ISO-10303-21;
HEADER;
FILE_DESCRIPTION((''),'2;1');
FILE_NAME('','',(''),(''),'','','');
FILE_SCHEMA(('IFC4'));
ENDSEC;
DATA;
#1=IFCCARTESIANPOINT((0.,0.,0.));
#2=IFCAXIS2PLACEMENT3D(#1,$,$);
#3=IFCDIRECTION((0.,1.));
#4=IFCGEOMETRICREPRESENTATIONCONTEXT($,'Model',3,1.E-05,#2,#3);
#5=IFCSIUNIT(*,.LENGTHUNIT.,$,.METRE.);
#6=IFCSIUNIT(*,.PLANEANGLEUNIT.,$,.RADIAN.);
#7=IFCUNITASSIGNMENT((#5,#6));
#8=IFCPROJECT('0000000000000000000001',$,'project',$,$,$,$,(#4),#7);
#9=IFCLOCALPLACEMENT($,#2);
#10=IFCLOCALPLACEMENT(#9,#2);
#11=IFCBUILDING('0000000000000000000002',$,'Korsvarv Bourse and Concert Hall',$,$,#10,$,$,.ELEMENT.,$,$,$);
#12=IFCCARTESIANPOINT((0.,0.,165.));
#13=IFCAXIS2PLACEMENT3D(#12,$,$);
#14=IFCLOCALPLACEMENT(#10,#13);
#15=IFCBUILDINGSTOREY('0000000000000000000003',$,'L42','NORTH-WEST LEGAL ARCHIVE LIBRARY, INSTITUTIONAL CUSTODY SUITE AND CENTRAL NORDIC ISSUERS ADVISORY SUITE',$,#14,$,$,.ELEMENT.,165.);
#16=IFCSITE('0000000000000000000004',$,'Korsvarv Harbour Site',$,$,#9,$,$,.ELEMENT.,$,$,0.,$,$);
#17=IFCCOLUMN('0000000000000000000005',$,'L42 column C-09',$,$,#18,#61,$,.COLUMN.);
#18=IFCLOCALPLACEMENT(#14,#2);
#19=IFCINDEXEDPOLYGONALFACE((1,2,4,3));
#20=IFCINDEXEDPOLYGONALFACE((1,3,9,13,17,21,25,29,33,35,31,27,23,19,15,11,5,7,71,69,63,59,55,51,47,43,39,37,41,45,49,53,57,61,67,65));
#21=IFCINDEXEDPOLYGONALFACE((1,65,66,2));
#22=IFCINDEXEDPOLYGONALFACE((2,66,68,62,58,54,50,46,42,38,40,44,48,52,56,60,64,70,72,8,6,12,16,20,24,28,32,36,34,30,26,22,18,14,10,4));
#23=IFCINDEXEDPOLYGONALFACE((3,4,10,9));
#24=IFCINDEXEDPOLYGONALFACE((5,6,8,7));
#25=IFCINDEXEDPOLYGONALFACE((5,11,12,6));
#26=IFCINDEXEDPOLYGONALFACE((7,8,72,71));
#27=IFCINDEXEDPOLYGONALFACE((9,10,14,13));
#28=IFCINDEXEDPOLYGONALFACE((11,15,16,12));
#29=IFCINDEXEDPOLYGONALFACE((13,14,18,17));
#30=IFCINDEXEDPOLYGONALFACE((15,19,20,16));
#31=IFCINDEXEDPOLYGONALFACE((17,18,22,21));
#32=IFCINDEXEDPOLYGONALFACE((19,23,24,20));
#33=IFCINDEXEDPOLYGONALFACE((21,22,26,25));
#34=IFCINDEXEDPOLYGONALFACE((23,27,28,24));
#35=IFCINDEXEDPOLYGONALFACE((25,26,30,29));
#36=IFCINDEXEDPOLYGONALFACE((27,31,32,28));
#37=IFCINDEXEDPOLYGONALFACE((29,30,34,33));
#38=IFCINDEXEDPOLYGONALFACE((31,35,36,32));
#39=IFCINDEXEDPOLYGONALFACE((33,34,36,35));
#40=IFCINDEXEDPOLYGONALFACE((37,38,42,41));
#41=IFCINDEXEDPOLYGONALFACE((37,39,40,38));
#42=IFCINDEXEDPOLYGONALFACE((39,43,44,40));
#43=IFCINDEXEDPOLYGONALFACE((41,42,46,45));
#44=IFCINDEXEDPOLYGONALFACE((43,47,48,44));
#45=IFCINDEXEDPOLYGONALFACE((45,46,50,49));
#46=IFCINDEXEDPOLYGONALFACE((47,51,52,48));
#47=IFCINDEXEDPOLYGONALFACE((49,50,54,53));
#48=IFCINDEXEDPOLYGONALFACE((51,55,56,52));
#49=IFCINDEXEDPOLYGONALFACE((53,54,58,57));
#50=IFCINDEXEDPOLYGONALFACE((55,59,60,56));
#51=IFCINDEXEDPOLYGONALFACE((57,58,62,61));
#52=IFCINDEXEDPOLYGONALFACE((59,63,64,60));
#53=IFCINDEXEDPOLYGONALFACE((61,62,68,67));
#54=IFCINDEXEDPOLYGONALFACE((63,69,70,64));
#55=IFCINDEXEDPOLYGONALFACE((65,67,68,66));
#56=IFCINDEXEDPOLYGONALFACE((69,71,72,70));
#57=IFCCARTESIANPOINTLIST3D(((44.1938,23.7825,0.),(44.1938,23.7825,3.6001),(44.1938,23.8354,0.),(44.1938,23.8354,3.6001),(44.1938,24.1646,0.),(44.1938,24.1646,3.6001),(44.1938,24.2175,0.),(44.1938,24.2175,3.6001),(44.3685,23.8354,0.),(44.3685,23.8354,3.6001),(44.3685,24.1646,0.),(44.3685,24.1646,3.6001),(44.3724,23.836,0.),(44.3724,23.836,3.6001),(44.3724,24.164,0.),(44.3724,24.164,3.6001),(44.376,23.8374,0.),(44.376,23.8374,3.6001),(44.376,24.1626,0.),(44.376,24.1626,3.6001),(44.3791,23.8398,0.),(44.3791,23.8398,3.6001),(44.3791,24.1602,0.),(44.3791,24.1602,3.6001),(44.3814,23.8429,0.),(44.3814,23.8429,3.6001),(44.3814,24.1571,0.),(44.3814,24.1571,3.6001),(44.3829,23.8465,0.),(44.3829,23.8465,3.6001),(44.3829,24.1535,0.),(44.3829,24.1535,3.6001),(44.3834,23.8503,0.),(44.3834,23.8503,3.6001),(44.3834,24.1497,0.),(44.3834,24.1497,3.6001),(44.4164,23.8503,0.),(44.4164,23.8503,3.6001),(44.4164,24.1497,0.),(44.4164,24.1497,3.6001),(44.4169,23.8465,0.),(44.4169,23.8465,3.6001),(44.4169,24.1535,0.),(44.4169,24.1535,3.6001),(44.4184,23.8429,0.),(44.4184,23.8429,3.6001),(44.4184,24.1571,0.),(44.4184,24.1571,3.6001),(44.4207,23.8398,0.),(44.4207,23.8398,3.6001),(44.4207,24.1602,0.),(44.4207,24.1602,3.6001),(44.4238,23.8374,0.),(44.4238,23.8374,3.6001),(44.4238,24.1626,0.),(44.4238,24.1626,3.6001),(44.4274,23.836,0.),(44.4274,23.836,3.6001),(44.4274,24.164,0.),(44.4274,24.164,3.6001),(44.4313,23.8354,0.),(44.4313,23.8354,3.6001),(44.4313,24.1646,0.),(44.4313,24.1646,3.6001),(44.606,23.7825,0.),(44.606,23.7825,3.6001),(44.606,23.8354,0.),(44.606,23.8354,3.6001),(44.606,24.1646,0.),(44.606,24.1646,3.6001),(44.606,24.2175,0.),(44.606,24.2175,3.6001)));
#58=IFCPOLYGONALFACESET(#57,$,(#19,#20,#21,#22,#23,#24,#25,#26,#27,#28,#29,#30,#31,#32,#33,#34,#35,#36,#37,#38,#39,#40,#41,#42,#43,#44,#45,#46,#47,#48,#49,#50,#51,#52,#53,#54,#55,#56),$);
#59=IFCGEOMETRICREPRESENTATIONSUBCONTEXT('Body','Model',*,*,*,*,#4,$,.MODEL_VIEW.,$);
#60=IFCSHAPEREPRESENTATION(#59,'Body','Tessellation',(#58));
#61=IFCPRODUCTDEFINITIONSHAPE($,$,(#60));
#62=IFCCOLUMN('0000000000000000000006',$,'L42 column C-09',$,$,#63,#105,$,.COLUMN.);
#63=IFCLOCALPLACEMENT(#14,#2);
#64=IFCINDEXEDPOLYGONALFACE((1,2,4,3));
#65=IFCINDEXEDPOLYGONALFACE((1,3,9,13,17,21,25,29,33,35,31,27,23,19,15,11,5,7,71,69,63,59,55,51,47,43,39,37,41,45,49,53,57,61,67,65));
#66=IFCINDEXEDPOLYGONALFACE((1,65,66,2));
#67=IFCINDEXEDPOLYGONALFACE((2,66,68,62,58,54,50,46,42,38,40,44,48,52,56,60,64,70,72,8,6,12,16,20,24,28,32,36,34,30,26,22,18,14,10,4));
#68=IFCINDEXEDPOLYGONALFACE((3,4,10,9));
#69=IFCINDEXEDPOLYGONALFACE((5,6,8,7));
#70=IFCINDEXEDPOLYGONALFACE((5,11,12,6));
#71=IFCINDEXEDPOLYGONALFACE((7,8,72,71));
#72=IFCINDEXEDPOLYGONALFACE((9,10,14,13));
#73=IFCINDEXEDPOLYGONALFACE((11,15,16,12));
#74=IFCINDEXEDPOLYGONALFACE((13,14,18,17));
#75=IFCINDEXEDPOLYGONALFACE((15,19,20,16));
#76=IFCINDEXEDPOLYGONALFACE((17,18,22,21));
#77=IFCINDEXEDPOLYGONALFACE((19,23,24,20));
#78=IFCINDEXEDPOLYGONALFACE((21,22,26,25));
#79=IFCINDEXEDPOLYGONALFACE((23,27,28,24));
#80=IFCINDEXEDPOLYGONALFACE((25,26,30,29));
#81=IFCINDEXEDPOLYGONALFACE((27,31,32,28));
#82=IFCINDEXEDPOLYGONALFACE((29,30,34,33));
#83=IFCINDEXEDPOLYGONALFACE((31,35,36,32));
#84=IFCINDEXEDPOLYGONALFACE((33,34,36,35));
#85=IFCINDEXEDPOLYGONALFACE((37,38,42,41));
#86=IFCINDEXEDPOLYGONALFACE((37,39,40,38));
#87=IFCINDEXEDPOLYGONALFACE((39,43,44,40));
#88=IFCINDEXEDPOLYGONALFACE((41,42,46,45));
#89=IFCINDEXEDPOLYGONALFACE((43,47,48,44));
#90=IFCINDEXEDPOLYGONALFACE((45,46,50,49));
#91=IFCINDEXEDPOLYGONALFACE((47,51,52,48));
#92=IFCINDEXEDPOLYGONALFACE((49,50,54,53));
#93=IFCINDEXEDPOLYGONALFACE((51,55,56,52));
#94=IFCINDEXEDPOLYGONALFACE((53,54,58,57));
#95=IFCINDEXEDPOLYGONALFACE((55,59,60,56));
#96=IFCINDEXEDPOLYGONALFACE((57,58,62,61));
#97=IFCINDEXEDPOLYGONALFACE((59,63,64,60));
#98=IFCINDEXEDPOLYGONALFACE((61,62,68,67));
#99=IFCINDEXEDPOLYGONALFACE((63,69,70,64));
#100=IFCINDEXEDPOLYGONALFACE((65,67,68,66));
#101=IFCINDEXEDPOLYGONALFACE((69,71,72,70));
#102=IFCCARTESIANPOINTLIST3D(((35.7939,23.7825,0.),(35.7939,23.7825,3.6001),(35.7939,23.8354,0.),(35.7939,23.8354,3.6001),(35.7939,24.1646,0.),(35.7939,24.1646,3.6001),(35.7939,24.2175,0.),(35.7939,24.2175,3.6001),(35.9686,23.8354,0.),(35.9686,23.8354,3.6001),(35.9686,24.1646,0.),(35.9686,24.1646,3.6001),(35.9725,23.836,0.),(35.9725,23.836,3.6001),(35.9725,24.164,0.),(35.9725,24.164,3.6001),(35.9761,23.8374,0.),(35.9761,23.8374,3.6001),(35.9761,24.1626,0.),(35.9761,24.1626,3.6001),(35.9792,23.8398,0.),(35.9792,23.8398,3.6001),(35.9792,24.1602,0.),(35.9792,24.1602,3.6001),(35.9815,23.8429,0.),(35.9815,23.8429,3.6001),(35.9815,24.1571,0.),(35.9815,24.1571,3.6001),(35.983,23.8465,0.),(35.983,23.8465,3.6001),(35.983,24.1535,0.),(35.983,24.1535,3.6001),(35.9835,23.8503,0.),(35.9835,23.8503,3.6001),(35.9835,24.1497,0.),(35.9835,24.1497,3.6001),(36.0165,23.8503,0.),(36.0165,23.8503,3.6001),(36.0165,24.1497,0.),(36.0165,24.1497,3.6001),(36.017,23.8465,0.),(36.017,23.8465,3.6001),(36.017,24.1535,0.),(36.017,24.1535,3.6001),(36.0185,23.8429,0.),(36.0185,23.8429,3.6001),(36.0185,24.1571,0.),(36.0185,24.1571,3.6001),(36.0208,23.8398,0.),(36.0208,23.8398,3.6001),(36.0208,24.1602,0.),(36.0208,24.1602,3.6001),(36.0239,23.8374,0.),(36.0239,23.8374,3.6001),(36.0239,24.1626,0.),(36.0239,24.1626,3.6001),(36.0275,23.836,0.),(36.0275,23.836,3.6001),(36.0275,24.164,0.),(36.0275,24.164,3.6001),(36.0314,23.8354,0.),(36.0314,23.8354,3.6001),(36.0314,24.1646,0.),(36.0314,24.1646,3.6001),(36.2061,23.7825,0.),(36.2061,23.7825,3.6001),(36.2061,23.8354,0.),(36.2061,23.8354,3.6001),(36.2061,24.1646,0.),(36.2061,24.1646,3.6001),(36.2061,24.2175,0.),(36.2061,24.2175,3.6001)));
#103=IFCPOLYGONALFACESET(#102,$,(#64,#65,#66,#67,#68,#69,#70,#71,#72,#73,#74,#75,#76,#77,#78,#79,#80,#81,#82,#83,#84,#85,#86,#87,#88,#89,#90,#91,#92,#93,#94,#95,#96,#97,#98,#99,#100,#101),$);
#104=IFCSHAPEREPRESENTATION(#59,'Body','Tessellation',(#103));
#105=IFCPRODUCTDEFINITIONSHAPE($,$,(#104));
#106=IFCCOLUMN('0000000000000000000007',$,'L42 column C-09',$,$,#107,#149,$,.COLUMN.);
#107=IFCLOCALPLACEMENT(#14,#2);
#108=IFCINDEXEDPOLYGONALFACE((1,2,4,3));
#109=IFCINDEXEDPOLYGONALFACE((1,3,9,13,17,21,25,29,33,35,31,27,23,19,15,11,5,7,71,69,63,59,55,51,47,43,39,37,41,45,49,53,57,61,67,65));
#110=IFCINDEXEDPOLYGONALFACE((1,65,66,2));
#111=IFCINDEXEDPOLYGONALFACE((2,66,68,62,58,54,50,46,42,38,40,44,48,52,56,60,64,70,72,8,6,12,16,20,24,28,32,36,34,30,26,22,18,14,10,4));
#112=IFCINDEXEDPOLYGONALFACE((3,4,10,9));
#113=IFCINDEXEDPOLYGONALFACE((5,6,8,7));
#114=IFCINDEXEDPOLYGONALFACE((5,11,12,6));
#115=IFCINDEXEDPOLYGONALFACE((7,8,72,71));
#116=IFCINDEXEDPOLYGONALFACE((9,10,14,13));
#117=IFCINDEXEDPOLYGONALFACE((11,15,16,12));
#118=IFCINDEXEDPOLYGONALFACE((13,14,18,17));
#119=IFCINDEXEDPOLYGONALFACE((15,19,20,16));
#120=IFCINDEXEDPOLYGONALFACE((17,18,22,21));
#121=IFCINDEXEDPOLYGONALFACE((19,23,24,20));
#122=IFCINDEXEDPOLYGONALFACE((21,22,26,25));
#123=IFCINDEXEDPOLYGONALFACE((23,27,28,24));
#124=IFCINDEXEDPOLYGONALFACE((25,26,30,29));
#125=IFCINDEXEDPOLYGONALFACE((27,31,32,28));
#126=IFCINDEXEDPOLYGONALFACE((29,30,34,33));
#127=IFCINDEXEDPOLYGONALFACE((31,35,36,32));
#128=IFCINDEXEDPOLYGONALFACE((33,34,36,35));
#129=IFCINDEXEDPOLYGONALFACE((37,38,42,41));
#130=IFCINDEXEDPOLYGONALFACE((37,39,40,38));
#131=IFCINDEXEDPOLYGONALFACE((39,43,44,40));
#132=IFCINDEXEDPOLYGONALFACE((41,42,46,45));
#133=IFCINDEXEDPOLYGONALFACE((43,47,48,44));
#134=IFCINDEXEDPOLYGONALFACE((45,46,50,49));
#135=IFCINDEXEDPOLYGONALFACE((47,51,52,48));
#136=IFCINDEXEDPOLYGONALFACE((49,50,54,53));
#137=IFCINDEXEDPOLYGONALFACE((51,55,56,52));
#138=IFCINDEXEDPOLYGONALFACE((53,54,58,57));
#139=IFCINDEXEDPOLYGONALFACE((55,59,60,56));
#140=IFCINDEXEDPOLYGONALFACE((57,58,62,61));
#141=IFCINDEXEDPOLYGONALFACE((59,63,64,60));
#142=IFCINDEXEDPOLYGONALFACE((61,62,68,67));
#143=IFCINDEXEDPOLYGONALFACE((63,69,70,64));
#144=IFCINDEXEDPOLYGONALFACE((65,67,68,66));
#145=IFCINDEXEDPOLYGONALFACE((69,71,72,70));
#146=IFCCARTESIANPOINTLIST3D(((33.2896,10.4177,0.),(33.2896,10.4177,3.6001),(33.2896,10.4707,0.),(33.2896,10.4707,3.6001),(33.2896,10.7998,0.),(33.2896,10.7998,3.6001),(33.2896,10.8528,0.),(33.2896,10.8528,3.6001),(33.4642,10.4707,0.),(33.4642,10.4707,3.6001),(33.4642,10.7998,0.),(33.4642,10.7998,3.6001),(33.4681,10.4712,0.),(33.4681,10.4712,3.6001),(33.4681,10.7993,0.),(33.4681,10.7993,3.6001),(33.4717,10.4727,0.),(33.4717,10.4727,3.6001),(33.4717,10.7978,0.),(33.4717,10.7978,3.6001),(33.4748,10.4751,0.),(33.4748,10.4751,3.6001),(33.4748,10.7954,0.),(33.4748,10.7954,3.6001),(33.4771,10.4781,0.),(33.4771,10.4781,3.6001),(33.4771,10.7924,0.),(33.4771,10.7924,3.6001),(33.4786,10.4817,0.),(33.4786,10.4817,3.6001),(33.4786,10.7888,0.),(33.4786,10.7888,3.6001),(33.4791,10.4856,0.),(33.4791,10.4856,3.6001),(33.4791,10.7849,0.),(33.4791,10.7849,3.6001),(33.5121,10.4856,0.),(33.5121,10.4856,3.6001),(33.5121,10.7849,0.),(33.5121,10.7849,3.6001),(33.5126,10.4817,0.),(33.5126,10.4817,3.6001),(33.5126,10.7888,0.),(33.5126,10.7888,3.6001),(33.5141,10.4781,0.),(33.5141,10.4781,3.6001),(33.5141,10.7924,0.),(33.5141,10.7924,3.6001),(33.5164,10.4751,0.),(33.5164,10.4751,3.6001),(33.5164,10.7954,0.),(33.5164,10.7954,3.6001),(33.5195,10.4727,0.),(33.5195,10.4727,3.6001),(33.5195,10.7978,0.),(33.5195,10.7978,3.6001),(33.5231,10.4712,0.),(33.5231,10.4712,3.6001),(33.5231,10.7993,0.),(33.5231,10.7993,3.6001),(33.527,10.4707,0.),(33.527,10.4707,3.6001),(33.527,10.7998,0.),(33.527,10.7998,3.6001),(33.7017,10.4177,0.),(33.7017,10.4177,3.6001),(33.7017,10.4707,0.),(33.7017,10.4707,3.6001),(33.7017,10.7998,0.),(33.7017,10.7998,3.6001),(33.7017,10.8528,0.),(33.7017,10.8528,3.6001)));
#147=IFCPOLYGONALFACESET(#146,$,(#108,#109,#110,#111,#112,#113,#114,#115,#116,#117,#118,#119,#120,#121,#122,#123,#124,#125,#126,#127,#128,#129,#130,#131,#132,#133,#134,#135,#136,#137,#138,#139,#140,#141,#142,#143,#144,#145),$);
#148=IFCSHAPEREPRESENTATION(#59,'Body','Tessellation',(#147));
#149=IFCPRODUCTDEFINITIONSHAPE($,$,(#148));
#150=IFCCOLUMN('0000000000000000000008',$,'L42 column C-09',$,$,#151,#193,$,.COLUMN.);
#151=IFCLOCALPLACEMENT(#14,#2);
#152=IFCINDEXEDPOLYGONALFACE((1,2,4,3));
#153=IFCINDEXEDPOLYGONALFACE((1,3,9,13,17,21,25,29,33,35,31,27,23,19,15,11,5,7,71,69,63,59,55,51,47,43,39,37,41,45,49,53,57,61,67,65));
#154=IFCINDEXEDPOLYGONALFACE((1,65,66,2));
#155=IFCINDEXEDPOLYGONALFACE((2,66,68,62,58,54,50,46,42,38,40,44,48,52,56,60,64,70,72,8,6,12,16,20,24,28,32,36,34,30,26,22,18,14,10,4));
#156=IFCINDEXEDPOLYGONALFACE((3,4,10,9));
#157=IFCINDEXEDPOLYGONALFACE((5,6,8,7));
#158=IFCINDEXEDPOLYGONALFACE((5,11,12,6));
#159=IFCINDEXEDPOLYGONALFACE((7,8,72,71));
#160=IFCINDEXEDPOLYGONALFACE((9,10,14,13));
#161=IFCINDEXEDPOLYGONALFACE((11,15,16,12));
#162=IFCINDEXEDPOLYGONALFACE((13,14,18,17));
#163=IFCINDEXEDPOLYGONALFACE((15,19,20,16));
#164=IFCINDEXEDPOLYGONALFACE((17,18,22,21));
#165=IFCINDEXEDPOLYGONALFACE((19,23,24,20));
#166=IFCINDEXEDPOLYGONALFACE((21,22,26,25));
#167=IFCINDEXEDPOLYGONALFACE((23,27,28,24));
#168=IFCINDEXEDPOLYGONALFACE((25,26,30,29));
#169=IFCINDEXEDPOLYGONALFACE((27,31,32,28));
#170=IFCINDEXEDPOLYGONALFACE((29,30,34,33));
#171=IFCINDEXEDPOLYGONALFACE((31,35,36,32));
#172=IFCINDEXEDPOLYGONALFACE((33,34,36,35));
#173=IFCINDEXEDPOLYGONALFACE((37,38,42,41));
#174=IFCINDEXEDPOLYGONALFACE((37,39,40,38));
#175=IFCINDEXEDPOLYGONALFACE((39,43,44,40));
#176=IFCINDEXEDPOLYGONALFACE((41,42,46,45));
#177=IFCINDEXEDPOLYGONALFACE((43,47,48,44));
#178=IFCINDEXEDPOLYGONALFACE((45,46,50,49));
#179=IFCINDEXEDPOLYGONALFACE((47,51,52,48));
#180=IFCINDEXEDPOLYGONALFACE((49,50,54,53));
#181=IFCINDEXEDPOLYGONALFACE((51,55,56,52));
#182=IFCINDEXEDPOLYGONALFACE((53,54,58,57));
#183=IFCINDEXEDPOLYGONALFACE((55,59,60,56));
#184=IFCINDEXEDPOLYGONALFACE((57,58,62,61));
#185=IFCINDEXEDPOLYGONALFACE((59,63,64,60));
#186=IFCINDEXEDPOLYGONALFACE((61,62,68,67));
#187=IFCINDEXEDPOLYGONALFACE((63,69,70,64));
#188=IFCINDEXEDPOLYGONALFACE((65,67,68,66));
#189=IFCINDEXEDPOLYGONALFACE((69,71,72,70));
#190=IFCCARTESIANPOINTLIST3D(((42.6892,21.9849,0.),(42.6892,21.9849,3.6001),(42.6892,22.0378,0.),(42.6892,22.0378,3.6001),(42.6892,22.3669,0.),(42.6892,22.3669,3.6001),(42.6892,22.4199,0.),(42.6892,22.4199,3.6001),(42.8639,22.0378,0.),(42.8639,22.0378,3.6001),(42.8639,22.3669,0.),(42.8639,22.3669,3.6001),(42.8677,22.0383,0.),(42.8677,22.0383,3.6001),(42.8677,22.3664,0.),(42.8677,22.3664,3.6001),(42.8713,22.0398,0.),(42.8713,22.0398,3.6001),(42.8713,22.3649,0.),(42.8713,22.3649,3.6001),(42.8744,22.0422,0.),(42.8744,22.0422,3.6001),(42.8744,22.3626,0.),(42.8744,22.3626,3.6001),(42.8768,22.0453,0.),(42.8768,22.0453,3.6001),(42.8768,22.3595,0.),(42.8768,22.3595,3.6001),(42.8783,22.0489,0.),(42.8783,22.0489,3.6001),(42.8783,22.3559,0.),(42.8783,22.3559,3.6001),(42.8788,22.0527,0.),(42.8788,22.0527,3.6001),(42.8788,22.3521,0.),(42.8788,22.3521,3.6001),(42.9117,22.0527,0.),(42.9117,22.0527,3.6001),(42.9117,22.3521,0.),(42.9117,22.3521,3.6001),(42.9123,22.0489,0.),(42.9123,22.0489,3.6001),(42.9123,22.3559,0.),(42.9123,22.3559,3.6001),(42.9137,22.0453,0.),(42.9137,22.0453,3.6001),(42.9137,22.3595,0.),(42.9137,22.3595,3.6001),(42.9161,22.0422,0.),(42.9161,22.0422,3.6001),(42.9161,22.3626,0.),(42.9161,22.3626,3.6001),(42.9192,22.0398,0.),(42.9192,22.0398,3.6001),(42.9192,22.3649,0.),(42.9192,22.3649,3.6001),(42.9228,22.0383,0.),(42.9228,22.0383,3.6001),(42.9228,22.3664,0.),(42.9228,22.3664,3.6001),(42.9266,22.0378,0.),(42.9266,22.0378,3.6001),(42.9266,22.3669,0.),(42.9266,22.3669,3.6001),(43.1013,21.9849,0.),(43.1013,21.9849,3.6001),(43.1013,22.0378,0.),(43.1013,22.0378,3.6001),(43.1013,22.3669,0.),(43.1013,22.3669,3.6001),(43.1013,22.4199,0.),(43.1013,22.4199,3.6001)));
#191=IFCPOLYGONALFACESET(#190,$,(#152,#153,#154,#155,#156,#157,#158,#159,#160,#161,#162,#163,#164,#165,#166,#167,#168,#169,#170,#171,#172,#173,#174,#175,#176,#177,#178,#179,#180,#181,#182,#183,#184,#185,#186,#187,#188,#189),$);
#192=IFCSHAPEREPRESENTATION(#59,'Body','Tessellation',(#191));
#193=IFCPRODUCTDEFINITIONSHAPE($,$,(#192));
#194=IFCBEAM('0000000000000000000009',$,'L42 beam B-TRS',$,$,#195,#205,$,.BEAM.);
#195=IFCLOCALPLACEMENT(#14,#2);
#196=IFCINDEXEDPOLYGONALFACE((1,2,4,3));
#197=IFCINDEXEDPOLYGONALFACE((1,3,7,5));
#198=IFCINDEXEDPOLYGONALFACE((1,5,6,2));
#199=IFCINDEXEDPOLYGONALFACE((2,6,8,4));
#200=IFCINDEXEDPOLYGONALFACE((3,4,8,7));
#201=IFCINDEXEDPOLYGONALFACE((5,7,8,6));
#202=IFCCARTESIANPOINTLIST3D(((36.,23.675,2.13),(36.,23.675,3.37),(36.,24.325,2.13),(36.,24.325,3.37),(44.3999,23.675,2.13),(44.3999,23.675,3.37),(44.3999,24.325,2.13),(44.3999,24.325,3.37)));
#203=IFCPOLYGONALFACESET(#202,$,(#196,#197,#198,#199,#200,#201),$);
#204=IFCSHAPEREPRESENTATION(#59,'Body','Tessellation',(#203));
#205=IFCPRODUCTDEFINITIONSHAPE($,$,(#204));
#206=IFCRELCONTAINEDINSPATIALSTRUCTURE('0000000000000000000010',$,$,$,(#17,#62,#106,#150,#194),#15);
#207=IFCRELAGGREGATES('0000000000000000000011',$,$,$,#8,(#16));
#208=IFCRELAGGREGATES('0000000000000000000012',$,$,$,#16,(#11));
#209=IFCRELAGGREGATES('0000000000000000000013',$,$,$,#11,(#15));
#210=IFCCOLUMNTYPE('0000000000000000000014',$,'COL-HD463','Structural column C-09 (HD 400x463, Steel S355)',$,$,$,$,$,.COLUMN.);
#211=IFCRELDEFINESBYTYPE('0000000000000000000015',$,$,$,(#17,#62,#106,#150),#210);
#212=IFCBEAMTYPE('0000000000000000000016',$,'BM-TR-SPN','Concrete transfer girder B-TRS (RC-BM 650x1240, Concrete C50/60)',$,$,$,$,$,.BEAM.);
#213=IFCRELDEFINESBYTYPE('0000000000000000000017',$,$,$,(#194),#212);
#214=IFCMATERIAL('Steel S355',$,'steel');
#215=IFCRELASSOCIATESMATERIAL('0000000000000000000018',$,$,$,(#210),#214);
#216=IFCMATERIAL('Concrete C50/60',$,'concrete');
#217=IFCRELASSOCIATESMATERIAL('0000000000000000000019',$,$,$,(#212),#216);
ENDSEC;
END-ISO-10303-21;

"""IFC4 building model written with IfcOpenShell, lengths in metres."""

from ifc_helpers import new_model, si_unit, direction, frame, origin, origin_2d, place, context, subcontext, project, spatial, rectangle, i_section, extrude, source, transform, mapped, material, material_profile, profile_set, type_object, element, save


model = new_model("IFC4")

# Units and contexts
model_context = context("Model", 3, precision=1e-05, world=origin(), true_north=direction((0.0, 1.0)))
body_context = subcontext(model_context, "Body", "Model", "MODEL_VIEW")
ifc_project = project(units=[si_unit("LENGTHUNIT", "METRE"), si_unit("PLANEANGLEUNIT", "RADIAN")], contexts=[model_context])

# Site, building, storey
site_placement = place(None, origin())
site = spatial("IfcSite", under=ifc_project, at=site_placement, Name="Korsvarv Harbour Site", CompositionType="ELEMENT", RefElevation=0.0)
building_placement = place(site_placement, origin())
building = spatial("IfcBuilding", under=site, at=building_placement, Name="Korsvarv Bourse and Concert Hall", CompositionType="ELEMENT")
storey_placement = place(building_placement, frame((0.0, 0.0, 165.0)))
storey = spatial("IfcBuildingStorey", under=building, at=storey_placement, Name="L42", Description="NORTH-WEST LEGAL ARCHIVE LIBRARY, INSTITUTIONAL CUSTODY SUITE AND CENTRAL NORDIC ISSUERS ADVISORY SUITE", CompositionType="ELEMENT", Elevation=165.0)

# Columns
ifc_material_1 = material(Name="Steel S355", Category="steel")
ifc_material_profile_1 = material_profile(ifc_material_1, i_section(OverallWidth=0.4121, OverallDepth=0.4351, WebThickness=0.033, FlangeThickness=0.053, FilletRadius=0.0149, at=origin_2d()), Name="HD 400x463")
ifc_profile_set_1 = profile_set([ifc_material_profile_1], Name="Steel S355")
column_type = type_object("IfcColumnType", Name="COL-HD463", Description="Structural column C-09 (HD 400x463, Steel S355)", PredefinedType="COLUMN", material=ifc_profile_set_1)
shared_shape_1 = source(origin(), body_context, "Body", "SweptSolid", [
    extrude(i_section(OverallWidth=0.4121, OverallDepth=0.4351, WebThickness=0.033, FlangeThickness=0.053, FilletRadius=0.0149, at=origin_2d()), origin(), (0.0, 0.0, 1.0), 3.6001),
])
for number, where, z_axis, x_axis, name in (
    (1, (44.3999, 24.0, 0.0), (0.0, 0.0, 1.0), (1.0, 0.0, 0.0), "L42 column C-09"),
    (2, (36.0, 24.0, 0.0), (0.0, 0.0, 1.0), (1.0, 0.0, 0.0), "L42 column C-09"),
    (3, (33.4956, 10.6353, 0.0), (0.0, 0.0, 1.0), (1.0, 0.0, 0.0), "L42 column C-09"),
    (4, (42.8953, 22.2024, 0.0), (0.0, 0.0, 1.0), (1.0, 0.0, 0.0), "L42 column C-09"),
):
    element("IfcColumn", number, at=place(storey_placement, frame(where, z_axis=z_axis, x_axis=x_axis)), inside=storey, type_object=column_type, Name=name, PredefinedType="COLUMN", context=body_context, shape_type="MappedRepresentation", body=[
        mapped(shared_shape_1, transform((0.0, 0.0, 0.0), scale=1.0)),
    ])

# Beam
ifc_material_2 = material(Name="Concrete C50/60", Category="concrete")
ifc_material_profile_2 = material_profile(ifc_material_2, rectangle(XDim=0.6499, YDim=1.24, at=origin_2d()), Name="RC-BM 650x1240")
ifc_profile_set_2 = profile_set([ifc_material_profile_2], Name="Concrete C50/60")
beam_type_1 = type_object("IfcBeamType", Name="BM-TR-SPN", Description="Concrete transfer girder B-TRS (RC-BM 650x1240, Concrete C50/60)", PredefinedType="BEAM", material=ifc_profile_set_2)
shared_shape_2 = source(origin(), body_context, "Body", "SweptSolid", [
    extrude(rectangle(XDim=0.6499, YDim=1.24, at=origin_2d()), origin(), (0.0, 0.0, 1.0), 8.3999),
])
for number, where, z_axis, x_axis, name in (
    (5, (36.0, 24.0, 2.75), (1.0, 0.0, 0.0), (0.0, 1.0, 0.0), "L42 beam B-TRS"),
):
    element("IfcBeam", number, at=place(storey_placement, frame(where, z_axis=z_axis, x_axis=x_axis)), inside=storey, type_object=beam_type_1, Name=name, PredefinedType="BEAM", context=body_context, shape_type="MappedRepresentation", body=[
        mapped(shared_shape_2, transform((0.0, 0.0, 0.0), scale=1.0)),
    ])

save(model, "model.ifc")
